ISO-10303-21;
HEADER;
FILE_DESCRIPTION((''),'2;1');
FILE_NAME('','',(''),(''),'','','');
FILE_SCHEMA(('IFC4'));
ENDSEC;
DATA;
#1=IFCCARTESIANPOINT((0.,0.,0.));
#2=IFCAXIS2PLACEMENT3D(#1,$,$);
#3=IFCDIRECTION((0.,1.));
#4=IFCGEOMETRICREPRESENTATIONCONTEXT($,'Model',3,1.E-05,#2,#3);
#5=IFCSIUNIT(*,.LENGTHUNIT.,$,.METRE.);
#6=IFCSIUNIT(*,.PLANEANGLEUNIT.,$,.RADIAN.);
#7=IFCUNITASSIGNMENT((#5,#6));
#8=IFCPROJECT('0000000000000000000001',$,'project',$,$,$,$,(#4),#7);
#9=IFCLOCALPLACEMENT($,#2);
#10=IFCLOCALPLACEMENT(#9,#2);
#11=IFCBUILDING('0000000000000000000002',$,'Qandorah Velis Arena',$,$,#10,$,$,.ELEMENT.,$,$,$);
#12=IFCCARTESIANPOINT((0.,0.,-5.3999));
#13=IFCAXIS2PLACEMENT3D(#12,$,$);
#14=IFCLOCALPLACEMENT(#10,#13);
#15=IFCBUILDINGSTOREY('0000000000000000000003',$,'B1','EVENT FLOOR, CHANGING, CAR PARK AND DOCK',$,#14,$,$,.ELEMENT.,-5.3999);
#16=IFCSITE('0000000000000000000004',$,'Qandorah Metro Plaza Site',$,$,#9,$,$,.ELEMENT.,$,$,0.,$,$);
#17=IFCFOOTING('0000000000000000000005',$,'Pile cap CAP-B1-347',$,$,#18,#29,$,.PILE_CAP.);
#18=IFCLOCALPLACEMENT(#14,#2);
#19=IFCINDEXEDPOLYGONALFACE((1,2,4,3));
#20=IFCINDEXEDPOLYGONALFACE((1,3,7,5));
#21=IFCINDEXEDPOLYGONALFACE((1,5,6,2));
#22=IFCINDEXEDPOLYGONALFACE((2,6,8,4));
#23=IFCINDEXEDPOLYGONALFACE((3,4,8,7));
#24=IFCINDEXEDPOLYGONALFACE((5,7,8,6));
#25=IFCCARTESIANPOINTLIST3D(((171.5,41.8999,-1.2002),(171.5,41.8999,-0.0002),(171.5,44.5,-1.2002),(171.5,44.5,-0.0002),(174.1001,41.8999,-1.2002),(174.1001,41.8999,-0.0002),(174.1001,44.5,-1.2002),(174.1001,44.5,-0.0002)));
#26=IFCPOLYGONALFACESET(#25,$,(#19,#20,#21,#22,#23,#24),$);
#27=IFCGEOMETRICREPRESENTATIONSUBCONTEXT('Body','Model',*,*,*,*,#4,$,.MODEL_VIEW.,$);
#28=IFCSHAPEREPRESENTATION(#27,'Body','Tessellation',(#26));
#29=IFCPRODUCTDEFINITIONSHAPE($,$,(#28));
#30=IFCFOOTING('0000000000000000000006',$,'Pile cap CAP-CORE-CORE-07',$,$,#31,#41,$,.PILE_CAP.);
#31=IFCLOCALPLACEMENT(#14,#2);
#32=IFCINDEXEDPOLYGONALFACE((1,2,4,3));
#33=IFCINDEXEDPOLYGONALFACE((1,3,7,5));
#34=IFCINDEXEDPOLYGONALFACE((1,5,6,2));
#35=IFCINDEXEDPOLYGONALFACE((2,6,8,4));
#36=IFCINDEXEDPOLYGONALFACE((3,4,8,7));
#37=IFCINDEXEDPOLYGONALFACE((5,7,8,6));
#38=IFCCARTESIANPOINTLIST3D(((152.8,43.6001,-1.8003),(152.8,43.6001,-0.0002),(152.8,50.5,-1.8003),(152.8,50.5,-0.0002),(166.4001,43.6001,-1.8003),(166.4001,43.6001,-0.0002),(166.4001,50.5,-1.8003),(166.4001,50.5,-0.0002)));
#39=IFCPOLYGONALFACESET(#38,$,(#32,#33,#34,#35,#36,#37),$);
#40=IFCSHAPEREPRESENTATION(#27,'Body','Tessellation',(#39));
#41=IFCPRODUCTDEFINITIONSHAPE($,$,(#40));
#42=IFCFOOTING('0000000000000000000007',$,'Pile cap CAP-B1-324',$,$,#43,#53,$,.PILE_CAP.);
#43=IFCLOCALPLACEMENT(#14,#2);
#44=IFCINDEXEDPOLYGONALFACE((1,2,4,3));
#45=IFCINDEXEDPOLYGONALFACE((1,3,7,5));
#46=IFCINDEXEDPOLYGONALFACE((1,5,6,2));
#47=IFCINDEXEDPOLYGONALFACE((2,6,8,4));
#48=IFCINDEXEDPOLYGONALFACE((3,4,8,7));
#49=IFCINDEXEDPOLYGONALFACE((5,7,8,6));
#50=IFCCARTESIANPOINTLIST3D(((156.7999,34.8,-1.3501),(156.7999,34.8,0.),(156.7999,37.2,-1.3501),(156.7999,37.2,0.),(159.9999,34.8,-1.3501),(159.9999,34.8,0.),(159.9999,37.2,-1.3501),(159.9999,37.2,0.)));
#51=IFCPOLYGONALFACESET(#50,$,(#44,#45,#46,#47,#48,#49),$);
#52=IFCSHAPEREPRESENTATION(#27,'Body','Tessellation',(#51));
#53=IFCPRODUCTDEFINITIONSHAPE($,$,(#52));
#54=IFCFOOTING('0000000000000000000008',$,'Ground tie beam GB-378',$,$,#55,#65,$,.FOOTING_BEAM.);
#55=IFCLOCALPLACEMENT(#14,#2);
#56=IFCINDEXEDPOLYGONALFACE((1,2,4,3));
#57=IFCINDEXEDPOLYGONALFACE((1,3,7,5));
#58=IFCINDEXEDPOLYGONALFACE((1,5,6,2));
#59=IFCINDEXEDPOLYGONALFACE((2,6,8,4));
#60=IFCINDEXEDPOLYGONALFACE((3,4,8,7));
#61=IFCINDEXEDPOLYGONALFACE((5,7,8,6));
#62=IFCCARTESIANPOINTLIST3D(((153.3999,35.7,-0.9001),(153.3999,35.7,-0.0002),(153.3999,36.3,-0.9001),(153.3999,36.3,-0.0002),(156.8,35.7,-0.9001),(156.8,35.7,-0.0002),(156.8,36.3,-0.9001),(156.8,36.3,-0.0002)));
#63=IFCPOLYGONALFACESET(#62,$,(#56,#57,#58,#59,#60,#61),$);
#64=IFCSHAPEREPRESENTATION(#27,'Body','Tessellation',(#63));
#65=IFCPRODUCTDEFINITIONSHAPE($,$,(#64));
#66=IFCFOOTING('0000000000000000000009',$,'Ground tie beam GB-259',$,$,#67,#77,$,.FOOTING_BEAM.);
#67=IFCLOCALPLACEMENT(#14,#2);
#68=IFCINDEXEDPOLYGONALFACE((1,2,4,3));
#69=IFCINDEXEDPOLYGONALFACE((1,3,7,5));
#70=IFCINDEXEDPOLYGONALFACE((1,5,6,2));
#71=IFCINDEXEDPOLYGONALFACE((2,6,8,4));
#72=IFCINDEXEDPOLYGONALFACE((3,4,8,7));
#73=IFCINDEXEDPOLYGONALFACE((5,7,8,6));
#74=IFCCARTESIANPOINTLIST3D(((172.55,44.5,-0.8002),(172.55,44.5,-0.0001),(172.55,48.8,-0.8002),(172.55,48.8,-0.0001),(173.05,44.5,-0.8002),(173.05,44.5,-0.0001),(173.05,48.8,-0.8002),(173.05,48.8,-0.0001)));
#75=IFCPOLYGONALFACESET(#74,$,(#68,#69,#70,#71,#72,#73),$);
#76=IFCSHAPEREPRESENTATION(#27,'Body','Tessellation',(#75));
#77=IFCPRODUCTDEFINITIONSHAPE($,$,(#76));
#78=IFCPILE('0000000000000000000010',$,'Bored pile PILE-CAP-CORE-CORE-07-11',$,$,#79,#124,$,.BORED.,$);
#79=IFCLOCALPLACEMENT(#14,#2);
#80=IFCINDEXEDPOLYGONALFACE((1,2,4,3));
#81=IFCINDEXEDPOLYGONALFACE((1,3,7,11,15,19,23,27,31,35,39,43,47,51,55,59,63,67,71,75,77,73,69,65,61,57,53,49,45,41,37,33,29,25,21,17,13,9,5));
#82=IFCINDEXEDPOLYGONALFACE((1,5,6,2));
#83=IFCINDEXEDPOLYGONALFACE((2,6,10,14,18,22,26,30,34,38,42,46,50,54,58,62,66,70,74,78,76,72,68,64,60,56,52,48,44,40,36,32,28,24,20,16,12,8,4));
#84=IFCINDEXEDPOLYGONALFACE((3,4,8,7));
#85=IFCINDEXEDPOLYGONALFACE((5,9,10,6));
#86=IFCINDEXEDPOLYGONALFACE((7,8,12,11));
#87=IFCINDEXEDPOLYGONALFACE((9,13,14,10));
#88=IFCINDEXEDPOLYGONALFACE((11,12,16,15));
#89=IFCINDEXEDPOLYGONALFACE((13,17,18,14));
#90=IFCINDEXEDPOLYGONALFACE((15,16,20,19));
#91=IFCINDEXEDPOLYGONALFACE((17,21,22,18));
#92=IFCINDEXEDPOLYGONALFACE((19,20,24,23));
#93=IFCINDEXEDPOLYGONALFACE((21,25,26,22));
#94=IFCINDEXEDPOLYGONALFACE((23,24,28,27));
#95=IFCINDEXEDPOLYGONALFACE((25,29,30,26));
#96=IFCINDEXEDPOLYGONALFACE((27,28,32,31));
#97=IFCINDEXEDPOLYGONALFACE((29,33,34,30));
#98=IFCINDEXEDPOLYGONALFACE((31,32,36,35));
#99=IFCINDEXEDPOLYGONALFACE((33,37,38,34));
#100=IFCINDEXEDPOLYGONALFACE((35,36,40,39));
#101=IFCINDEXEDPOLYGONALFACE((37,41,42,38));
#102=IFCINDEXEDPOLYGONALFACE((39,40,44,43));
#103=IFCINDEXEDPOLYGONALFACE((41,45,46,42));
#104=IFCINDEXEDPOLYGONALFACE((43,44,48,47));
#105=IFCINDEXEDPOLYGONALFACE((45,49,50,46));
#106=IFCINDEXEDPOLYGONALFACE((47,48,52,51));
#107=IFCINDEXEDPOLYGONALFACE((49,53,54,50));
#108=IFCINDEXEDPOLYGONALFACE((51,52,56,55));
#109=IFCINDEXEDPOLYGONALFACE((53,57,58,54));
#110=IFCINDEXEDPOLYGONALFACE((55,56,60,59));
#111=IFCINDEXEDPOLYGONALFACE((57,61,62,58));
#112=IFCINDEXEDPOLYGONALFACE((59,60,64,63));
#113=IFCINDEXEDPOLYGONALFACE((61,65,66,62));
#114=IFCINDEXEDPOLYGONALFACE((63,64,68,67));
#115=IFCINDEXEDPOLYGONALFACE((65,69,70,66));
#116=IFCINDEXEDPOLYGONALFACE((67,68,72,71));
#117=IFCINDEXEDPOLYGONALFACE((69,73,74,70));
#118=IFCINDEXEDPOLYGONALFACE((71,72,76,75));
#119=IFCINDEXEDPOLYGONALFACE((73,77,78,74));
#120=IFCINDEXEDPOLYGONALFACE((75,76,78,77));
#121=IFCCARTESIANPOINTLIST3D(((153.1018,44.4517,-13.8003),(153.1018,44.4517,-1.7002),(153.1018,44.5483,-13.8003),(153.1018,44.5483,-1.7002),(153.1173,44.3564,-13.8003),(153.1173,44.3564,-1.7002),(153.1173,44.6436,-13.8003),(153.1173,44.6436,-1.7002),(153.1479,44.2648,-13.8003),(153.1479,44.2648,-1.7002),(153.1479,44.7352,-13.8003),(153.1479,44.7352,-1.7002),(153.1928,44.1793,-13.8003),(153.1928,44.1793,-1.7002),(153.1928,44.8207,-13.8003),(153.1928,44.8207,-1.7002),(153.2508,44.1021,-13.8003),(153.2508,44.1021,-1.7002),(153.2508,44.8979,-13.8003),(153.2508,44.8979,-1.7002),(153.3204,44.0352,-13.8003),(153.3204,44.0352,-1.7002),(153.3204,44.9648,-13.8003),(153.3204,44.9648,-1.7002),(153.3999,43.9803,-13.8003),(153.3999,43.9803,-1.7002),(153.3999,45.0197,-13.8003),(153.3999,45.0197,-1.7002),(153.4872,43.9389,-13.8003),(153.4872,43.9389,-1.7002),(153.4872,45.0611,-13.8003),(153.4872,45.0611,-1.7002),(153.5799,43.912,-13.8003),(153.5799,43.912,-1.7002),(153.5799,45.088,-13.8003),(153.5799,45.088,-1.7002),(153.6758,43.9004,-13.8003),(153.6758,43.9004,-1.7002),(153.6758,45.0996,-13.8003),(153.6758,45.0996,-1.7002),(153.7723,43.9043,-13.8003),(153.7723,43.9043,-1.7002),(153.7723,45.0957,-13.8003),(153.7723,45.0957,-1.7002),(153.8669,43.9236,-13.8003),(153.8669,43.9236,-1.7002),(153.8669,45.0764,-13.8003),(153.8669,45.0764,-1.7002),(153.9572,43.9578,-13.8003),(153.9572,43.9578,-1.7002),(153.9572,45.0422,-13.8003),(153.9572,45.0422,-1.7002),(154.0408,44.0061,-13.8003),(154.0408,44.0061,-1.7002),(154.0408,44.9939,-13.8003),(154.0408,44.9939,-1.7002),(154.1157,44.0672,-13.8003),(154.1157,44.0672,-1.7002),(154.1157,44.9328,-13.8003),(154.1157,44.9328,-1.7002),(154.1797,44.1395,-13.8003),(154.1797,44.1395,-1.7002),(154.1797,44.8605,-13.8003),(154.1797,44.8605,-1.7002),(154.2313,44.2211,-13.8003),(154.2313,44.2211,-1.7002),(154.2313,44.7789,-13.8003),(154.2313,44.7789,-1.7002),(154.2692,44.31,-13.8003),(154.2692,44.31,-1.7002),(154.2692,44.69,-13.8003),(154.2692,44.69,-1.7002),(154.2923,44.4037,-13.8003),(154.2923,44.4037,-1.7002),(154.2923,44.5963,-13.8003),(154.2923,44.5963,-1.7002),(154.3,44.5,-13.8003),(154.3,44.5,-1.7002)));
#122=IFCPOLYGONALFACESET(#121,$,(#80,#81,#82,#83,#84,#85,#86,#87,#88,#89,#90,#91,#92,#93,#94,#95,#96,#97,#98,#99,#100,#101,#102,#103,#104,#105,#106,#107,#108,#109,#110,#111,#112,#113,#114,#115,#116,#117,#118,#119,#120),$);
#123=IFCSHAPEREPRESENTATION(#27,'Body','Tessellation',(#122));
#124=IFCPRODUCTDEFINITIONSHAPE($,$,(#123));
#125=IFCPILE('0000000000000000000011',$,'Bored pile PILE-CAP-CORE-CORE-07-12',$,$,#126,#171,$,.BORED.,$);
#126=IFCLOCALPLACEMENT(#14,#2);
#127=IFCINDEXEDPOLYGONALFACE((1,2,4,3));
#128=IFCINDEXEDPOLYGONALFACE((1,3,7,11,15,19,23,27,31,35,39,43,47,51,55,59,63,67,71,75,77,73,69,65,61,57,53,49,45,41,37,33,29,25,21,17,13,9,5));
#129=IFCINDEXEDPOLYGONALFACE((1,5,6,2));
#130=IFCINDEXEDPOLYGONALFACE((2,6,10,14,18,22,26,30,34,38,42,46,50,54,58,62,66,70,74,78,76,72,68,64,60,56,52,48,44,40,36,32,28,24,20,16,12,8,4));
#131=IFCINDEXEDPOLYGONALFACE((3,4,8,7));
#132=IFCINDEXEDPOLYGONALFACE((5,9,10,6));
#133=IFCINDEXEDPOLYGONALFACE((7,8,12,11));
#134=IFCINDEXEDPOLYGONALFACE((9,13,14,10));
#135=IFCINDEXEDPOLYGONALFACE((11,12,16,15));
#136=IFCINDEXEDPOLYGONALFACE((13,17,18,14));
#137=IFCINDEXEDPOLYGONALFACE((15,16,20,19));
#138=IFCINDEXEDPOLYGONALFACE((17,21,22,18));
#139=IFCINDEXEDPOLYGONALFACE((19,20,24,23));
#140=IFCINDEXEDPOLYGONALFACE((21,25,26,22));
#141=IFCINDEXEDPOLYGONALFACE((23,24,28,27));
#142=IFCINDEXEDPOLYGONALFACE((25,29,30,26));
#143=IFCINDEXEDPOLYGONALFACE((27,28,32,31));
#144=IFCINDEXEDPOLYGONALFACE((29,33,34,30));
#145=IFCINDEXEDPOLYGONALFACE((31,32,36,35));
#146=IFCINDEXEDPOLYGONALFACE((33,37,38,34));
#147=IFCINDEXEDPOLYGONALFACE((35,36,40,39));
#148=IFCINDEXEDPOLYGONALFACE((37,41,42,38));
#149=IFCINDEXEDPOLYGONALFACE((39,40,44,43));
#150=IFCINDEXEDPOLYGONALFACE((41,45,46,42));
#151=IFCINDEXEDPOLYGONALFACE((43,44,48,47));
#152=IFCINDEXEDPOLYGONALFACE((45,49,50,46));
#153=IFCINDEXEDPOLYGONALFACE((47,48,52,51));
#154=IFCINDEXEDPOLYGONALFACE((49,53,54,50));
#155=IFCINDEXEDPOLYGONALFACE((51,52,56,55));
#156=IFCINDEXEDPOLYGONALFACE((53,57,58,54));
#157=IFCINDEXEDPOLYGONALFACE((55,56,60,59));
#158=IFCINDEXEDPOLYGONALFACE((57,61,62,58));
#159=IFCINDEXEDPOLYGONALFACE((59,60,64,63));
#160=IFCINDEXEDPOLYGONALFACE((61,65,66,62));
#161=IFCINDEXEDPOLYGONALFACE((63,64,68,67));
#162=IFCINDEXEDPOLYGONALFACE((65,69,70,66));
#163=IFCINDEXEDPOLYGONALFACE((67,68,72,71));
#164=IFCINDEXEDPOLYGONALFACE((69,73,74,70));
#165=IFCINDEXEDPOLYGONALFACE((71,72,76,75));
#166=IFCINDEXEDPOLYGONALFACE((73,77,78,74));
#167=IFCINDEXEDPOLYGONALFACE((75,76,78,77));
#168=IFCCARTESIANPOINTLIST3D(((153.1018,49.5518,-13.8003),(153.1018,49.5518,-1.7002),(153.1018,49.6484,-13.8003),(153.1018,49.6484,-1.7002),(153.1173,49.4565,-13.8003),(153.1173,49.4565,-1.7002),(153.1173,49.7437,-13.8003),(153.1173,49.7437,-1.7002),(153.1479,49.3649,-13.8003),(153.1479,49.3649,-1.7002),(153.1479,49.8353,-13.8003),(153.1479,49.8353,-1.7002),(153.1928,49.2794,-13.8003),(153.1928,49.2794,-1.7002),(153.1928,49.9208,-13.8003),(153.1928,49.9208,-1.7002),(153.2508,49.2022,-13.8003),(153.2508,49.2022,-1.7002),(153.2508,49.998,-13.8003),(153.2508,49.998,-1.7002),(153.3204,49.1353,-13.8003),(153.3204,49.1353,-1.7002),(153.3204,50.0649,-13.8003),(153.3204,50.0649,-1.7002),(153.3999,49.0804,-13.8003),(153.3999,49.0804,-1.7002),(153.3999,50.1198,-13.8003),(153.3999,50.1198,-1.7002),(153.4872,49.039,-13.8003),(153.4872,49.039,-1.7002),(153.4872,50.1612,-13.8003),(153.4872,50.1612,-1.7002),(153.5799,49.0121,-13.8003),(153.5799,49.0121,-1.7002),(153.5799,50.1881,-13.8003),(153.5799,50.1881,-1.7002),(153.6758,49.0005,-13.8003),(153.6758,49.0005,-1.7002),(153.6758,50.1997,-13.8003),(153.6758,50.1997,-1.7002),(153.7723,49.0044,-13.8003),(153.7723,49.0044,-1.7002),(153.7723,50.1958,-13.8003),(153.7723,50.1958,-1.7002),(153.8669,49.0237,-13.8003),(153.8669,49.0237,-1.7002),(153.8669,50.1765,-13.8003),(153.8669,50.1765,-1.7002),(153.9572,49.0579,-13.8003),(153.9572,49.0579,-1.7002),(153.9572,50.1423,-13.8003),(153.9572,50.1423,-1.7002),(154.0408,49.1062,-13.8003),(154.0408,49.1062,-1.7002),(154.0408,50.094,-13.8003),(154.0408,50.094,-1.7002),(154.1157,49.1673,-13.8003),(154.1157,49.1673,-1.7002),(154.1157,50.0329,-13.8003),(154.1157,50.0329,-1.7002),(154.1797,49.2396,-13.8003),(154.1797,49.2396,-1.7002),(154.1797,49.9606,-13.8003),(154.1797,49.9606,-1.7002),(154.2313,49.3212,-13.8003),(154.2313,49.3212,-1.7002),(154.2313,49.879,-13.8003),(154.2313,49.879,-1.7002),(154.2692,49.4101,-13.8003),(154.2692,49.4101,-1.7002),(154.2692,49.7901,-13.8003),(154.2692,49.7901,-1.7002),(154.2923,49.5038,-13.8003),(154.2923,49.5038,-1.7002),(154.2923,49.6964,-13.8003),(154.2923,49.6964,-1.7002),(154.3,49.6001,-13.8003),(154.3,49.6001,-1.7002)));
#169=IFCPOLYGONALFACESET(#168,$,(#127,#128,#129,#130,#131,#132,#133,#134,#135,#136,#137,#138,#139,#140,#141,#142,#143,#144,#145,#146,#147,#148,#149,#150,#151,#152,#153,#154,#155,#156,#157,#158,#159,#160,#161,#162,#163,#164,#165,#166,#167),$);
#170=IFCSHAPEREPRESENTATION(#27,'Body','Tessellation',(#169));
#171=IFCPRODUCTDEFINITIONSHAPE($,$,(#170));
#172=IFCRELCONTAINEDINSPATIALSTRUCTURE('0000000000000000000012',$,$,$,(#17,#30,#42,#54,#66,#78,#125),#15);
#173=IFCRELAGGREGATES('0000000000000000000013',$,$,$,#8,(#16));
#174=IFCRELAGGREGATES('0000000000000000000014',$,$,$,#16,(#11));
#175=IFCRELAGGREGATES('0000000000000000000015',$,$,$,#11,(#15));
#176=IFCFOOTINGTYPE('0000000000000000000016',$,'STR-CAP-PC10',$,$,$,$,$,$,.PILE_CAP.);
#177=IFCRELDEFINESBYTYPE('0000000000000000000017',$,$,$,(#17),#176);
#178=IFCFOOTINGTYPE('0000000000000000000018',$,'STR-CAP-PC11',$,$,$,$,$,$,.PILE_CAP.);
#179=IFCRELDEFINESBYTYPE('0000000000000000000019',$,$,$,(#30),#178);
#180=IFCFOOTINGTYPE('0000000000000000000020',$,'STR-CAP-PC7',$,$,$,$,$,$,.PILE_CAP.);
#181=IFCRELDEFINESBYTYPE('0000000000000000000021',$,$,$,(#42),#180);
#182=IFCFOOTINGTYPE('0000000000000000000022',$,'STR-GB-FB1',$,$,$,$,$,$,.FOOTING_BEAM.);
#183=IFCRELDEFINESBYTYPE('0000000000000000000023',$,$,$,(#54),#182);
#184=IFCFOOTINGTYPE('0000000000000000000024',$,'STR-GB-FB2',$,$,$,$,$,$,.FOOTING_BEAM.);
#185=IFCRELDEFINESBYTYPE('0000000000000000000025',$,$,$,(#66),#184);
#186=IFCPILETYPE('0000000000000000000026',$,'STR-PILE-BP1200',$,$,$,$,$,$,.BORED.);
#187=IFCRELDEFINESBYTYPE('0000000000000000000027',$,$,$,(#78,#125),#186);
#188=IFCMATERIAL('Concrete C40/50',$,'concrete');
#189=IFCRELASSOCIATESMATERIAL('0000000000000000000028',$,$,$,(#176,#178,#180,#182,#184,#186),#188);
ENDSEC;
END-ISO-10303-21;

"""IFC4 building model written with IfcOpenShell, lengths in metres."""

from ifc_helpers import new_model, si_unit, direction, frame, origin, origin_2d, place, context, subcontext, project, spatial, rectangle, circle, extrude, material, material_profile, profile_set, type_object, element, save


model = new_model("IFC4")

# Units and contexts
model_context = context("Model", 3, precision=1e-05, world=origin(), true_north=direction((0.0, 1.0)))
body_context = subcontext(model_context, "Body", "Model", "MODEL_VIEW")
ifc_project = project(units=[si_unit("LENGTHUNIT", "METRE"), si_unit("PLANEANGLEUNIT", "RADIAN")], contexts=[model_context])

# Site, building, storey
site_placement = place(None, origin())
site = spatial("IfcSite", under=ifc_project, at=site_placement, Name="Qandorah Metro Plaza Site", CompositionType="ELEMENT", RefElevation=0.0)
building_placement = place(site_placement, origin())
building = spatial("IfcBuilding", under=site, at=building_placement, Name="Qandorah Velis Arena", CompositionType="ELEMENT")
storey_placement = place(building_placement, frame((0.0, 0.0, -5.3999)))
storey = spatial("IfcBuildingStorey", under=building, at=storey_placement, Name="B1", Description="EVENT FLOOR, CHANGING, CAR PARK AND DOCK", CompositionType="ELEMENT", Elevation=-5.3999)

# Footings
ifc_material_1 = material(Name="Concrete C40/50", Category="concrete")
footing_type_1 = type_object("IfcFootingType", Name="STR-CAP-PC10", PredefinedType="PILE_CAP", material=ifc_material_1)
footing_1_placement = place(storey_placement, frame((172.8, 43.2, -1.2002), z_axis=(0.0, 0.0, 1.0), x_axis=(1.0, 0.0, 0.0)))
element("IfcFooting", 1, at=footing_1_placement, inside=storey, type_object=footing_type_1, Name="Pile cap CAP-B1-347", PredefinedType="PILE_CAP", context=body_context, shape_type="SweptSolid", body=[
    extrude(rectangle(XDim=2.6001, YDim=2.6001, at=origin_2d()), origin(), (0.0, 0.0, 1.0), 1.2),
])
footing_type_2 = type_object("IfcFootingType", Name="STR-CAP-PC11", PredefinedType="PILE_CAP", material=ifc_material_1)
footing_2_placement = place(storey_placement, frame((159.6001, 47.05, -1.8003), z_axis=(0.0, 0.0, 1.0), x_axis=(1.0, 0.0, 0.0)))
element("IfcFooting", 2, at=footing_2_placement, inside=storey, type_object=footing_type_2, Name="Pile cap CAP-CORE-CORE-07", PredefinedType="PILE_CAP", context=body_context, shape_type="SweptSolid", body=[
    extrude(rectangle(XDim=13.6001, YDim=6.8999, at=origin_2d()), origin(), (0.0, 0.0, 1.0), 1.8),
])
footing_type_3 = type_object("IfcFootingType", Name="STR-CAP-PC7", PredefinedType="PILE_CAP", material=ifc_material_1)
footing_3_placement = place(storey_placement, frame((158.3999, 36.0, -1.3501), z_axis=(0.0, 0.0, 1.0), x_axis=(1.0, 0.0, 0.0)))
element("IfcFooting", 3, at=footing_3_placement, inside=storey, type_object=footing_type_3, Name="Pile cap CAP-B1-324", PredefinedType="PILE_CAP", context=body_context, shape_type="SweptSolid", body=[
    extrude(rectangle(XDim=3.2, YDim=2.3999, at=origin_2d()), origin(), (0.0, 0.0, 1.0), 1.3501),
])
ifc_material_profile_1 = material_profile(ifc_material_1, rectangle(XDim=0.6001, YDim=0.8999, at=origin_2d()), Name="GB1 600x900")
ifc_profile_set_1 = profile_set([ifc_material_profile_1], Name="Concrete C40/50")
footing_type_4 = type_object("IfcFootingType", Name="STR-GB-FB1", PredefinedType="FOOTING_BEAM", material=ifc_profile_set_1)
footing_4_placement = place(storey_placement, frame((153.3999, 36.0, -0.4502), z_axis=(1.0, 0.0, 0.0), x_axis=(0.0, 1.0, 0.0)))
element("IfcFooting", 4, at=footing_4_placement, inside=storey, type_object=footing_type_4, Name="Ground tie beam GB-378", PredefinedType="FOOTING_BEAM", context=body_context, shape_type="SweptSolid", body=[
    extrude(rectangle(XDim=0.6001, YDim=0.8999, at=origin_2d()), origin(), (0.0, 0.0, 1.0), 3.4001),
])
ifc_material_profile_2 = material_profile(ifc_material_1, rectangle(XDim=0.5, YDim=0.8, at=origin_2d()), Name="GB2 500x800")
ifc_profile_set_2 = profile_set([ifc_material_profile_2], Name="Concrete C40/50")
footing_type_5 = type_object("IfcFootingType", Name="STR-GB-FB2", PredefinedType="FOOTING_BEAM", material=ifc_profile_set_2)
footing_5_placement = place(storey_placement, frame((172.8, 44.5, -0.4001), z_axis=(0.0, 1.0, 0.0), x_axis=(-1.0, 0.0, 0.0)))
element("IfcFooting", 5, at=footing_5_placement, inside=storey, type_object=footing_type_5, Name="Ground tie beam GB-259", PredefinedType="FOOTING_BEAM", context=body_context, shape_type="SweptSolid", body=[
    extrude(rectangle(XDim=0.5, YDim=0.8, at=origin_2d()), origin(), (0.0, 0.0, 1.0), 4.3),
])

# Piles
ifc_material_profile_3 = material_profile(ifc_material_1, circle(Radius=0.6001, at=origin_2d()), Name="BORED PILE D1200")
ifc_profile_set_3 = profile_set([ifc_material_profile_3], Name="Concrete C40/50")
pile_type_1 = type_object("IfcPileType", Name="STR-PILE-BP1200", PredefinedType="BORED", material=ifc_profile_set_3)
for number, where, z_axis, x_axis, name in (
    (6, (153.7, 44.5, -1.7002), (0.0, 0.0, -1.0), (1.0, 0.0, 0.0), "Bored pile PILE-CAP-CORE-CORE-07-11"),
    (7, (153.7, 49.6001, -1.7002), (0.0, 0.0, -1.0), (1.0, 0.0, 0.0), "Bored pile PILE-CAP-CORE-CORE-07-12"),
):
    element("IfcPile", number, at=place(storey_placement, frame(where, z_axis=z_axis, x_axis=x_axis)), inside=storey, type_object=pile_type_1, Name=name, PredefinedType="BORED", context=body_context, shape_type="SweptSolid", body=[
        extrude(circle(Radius=0.6001, at=origin_2d()), origin(), (0.0, 0.0, 1.0), 12.1001),
    ])

save(model, "model.ifc")
